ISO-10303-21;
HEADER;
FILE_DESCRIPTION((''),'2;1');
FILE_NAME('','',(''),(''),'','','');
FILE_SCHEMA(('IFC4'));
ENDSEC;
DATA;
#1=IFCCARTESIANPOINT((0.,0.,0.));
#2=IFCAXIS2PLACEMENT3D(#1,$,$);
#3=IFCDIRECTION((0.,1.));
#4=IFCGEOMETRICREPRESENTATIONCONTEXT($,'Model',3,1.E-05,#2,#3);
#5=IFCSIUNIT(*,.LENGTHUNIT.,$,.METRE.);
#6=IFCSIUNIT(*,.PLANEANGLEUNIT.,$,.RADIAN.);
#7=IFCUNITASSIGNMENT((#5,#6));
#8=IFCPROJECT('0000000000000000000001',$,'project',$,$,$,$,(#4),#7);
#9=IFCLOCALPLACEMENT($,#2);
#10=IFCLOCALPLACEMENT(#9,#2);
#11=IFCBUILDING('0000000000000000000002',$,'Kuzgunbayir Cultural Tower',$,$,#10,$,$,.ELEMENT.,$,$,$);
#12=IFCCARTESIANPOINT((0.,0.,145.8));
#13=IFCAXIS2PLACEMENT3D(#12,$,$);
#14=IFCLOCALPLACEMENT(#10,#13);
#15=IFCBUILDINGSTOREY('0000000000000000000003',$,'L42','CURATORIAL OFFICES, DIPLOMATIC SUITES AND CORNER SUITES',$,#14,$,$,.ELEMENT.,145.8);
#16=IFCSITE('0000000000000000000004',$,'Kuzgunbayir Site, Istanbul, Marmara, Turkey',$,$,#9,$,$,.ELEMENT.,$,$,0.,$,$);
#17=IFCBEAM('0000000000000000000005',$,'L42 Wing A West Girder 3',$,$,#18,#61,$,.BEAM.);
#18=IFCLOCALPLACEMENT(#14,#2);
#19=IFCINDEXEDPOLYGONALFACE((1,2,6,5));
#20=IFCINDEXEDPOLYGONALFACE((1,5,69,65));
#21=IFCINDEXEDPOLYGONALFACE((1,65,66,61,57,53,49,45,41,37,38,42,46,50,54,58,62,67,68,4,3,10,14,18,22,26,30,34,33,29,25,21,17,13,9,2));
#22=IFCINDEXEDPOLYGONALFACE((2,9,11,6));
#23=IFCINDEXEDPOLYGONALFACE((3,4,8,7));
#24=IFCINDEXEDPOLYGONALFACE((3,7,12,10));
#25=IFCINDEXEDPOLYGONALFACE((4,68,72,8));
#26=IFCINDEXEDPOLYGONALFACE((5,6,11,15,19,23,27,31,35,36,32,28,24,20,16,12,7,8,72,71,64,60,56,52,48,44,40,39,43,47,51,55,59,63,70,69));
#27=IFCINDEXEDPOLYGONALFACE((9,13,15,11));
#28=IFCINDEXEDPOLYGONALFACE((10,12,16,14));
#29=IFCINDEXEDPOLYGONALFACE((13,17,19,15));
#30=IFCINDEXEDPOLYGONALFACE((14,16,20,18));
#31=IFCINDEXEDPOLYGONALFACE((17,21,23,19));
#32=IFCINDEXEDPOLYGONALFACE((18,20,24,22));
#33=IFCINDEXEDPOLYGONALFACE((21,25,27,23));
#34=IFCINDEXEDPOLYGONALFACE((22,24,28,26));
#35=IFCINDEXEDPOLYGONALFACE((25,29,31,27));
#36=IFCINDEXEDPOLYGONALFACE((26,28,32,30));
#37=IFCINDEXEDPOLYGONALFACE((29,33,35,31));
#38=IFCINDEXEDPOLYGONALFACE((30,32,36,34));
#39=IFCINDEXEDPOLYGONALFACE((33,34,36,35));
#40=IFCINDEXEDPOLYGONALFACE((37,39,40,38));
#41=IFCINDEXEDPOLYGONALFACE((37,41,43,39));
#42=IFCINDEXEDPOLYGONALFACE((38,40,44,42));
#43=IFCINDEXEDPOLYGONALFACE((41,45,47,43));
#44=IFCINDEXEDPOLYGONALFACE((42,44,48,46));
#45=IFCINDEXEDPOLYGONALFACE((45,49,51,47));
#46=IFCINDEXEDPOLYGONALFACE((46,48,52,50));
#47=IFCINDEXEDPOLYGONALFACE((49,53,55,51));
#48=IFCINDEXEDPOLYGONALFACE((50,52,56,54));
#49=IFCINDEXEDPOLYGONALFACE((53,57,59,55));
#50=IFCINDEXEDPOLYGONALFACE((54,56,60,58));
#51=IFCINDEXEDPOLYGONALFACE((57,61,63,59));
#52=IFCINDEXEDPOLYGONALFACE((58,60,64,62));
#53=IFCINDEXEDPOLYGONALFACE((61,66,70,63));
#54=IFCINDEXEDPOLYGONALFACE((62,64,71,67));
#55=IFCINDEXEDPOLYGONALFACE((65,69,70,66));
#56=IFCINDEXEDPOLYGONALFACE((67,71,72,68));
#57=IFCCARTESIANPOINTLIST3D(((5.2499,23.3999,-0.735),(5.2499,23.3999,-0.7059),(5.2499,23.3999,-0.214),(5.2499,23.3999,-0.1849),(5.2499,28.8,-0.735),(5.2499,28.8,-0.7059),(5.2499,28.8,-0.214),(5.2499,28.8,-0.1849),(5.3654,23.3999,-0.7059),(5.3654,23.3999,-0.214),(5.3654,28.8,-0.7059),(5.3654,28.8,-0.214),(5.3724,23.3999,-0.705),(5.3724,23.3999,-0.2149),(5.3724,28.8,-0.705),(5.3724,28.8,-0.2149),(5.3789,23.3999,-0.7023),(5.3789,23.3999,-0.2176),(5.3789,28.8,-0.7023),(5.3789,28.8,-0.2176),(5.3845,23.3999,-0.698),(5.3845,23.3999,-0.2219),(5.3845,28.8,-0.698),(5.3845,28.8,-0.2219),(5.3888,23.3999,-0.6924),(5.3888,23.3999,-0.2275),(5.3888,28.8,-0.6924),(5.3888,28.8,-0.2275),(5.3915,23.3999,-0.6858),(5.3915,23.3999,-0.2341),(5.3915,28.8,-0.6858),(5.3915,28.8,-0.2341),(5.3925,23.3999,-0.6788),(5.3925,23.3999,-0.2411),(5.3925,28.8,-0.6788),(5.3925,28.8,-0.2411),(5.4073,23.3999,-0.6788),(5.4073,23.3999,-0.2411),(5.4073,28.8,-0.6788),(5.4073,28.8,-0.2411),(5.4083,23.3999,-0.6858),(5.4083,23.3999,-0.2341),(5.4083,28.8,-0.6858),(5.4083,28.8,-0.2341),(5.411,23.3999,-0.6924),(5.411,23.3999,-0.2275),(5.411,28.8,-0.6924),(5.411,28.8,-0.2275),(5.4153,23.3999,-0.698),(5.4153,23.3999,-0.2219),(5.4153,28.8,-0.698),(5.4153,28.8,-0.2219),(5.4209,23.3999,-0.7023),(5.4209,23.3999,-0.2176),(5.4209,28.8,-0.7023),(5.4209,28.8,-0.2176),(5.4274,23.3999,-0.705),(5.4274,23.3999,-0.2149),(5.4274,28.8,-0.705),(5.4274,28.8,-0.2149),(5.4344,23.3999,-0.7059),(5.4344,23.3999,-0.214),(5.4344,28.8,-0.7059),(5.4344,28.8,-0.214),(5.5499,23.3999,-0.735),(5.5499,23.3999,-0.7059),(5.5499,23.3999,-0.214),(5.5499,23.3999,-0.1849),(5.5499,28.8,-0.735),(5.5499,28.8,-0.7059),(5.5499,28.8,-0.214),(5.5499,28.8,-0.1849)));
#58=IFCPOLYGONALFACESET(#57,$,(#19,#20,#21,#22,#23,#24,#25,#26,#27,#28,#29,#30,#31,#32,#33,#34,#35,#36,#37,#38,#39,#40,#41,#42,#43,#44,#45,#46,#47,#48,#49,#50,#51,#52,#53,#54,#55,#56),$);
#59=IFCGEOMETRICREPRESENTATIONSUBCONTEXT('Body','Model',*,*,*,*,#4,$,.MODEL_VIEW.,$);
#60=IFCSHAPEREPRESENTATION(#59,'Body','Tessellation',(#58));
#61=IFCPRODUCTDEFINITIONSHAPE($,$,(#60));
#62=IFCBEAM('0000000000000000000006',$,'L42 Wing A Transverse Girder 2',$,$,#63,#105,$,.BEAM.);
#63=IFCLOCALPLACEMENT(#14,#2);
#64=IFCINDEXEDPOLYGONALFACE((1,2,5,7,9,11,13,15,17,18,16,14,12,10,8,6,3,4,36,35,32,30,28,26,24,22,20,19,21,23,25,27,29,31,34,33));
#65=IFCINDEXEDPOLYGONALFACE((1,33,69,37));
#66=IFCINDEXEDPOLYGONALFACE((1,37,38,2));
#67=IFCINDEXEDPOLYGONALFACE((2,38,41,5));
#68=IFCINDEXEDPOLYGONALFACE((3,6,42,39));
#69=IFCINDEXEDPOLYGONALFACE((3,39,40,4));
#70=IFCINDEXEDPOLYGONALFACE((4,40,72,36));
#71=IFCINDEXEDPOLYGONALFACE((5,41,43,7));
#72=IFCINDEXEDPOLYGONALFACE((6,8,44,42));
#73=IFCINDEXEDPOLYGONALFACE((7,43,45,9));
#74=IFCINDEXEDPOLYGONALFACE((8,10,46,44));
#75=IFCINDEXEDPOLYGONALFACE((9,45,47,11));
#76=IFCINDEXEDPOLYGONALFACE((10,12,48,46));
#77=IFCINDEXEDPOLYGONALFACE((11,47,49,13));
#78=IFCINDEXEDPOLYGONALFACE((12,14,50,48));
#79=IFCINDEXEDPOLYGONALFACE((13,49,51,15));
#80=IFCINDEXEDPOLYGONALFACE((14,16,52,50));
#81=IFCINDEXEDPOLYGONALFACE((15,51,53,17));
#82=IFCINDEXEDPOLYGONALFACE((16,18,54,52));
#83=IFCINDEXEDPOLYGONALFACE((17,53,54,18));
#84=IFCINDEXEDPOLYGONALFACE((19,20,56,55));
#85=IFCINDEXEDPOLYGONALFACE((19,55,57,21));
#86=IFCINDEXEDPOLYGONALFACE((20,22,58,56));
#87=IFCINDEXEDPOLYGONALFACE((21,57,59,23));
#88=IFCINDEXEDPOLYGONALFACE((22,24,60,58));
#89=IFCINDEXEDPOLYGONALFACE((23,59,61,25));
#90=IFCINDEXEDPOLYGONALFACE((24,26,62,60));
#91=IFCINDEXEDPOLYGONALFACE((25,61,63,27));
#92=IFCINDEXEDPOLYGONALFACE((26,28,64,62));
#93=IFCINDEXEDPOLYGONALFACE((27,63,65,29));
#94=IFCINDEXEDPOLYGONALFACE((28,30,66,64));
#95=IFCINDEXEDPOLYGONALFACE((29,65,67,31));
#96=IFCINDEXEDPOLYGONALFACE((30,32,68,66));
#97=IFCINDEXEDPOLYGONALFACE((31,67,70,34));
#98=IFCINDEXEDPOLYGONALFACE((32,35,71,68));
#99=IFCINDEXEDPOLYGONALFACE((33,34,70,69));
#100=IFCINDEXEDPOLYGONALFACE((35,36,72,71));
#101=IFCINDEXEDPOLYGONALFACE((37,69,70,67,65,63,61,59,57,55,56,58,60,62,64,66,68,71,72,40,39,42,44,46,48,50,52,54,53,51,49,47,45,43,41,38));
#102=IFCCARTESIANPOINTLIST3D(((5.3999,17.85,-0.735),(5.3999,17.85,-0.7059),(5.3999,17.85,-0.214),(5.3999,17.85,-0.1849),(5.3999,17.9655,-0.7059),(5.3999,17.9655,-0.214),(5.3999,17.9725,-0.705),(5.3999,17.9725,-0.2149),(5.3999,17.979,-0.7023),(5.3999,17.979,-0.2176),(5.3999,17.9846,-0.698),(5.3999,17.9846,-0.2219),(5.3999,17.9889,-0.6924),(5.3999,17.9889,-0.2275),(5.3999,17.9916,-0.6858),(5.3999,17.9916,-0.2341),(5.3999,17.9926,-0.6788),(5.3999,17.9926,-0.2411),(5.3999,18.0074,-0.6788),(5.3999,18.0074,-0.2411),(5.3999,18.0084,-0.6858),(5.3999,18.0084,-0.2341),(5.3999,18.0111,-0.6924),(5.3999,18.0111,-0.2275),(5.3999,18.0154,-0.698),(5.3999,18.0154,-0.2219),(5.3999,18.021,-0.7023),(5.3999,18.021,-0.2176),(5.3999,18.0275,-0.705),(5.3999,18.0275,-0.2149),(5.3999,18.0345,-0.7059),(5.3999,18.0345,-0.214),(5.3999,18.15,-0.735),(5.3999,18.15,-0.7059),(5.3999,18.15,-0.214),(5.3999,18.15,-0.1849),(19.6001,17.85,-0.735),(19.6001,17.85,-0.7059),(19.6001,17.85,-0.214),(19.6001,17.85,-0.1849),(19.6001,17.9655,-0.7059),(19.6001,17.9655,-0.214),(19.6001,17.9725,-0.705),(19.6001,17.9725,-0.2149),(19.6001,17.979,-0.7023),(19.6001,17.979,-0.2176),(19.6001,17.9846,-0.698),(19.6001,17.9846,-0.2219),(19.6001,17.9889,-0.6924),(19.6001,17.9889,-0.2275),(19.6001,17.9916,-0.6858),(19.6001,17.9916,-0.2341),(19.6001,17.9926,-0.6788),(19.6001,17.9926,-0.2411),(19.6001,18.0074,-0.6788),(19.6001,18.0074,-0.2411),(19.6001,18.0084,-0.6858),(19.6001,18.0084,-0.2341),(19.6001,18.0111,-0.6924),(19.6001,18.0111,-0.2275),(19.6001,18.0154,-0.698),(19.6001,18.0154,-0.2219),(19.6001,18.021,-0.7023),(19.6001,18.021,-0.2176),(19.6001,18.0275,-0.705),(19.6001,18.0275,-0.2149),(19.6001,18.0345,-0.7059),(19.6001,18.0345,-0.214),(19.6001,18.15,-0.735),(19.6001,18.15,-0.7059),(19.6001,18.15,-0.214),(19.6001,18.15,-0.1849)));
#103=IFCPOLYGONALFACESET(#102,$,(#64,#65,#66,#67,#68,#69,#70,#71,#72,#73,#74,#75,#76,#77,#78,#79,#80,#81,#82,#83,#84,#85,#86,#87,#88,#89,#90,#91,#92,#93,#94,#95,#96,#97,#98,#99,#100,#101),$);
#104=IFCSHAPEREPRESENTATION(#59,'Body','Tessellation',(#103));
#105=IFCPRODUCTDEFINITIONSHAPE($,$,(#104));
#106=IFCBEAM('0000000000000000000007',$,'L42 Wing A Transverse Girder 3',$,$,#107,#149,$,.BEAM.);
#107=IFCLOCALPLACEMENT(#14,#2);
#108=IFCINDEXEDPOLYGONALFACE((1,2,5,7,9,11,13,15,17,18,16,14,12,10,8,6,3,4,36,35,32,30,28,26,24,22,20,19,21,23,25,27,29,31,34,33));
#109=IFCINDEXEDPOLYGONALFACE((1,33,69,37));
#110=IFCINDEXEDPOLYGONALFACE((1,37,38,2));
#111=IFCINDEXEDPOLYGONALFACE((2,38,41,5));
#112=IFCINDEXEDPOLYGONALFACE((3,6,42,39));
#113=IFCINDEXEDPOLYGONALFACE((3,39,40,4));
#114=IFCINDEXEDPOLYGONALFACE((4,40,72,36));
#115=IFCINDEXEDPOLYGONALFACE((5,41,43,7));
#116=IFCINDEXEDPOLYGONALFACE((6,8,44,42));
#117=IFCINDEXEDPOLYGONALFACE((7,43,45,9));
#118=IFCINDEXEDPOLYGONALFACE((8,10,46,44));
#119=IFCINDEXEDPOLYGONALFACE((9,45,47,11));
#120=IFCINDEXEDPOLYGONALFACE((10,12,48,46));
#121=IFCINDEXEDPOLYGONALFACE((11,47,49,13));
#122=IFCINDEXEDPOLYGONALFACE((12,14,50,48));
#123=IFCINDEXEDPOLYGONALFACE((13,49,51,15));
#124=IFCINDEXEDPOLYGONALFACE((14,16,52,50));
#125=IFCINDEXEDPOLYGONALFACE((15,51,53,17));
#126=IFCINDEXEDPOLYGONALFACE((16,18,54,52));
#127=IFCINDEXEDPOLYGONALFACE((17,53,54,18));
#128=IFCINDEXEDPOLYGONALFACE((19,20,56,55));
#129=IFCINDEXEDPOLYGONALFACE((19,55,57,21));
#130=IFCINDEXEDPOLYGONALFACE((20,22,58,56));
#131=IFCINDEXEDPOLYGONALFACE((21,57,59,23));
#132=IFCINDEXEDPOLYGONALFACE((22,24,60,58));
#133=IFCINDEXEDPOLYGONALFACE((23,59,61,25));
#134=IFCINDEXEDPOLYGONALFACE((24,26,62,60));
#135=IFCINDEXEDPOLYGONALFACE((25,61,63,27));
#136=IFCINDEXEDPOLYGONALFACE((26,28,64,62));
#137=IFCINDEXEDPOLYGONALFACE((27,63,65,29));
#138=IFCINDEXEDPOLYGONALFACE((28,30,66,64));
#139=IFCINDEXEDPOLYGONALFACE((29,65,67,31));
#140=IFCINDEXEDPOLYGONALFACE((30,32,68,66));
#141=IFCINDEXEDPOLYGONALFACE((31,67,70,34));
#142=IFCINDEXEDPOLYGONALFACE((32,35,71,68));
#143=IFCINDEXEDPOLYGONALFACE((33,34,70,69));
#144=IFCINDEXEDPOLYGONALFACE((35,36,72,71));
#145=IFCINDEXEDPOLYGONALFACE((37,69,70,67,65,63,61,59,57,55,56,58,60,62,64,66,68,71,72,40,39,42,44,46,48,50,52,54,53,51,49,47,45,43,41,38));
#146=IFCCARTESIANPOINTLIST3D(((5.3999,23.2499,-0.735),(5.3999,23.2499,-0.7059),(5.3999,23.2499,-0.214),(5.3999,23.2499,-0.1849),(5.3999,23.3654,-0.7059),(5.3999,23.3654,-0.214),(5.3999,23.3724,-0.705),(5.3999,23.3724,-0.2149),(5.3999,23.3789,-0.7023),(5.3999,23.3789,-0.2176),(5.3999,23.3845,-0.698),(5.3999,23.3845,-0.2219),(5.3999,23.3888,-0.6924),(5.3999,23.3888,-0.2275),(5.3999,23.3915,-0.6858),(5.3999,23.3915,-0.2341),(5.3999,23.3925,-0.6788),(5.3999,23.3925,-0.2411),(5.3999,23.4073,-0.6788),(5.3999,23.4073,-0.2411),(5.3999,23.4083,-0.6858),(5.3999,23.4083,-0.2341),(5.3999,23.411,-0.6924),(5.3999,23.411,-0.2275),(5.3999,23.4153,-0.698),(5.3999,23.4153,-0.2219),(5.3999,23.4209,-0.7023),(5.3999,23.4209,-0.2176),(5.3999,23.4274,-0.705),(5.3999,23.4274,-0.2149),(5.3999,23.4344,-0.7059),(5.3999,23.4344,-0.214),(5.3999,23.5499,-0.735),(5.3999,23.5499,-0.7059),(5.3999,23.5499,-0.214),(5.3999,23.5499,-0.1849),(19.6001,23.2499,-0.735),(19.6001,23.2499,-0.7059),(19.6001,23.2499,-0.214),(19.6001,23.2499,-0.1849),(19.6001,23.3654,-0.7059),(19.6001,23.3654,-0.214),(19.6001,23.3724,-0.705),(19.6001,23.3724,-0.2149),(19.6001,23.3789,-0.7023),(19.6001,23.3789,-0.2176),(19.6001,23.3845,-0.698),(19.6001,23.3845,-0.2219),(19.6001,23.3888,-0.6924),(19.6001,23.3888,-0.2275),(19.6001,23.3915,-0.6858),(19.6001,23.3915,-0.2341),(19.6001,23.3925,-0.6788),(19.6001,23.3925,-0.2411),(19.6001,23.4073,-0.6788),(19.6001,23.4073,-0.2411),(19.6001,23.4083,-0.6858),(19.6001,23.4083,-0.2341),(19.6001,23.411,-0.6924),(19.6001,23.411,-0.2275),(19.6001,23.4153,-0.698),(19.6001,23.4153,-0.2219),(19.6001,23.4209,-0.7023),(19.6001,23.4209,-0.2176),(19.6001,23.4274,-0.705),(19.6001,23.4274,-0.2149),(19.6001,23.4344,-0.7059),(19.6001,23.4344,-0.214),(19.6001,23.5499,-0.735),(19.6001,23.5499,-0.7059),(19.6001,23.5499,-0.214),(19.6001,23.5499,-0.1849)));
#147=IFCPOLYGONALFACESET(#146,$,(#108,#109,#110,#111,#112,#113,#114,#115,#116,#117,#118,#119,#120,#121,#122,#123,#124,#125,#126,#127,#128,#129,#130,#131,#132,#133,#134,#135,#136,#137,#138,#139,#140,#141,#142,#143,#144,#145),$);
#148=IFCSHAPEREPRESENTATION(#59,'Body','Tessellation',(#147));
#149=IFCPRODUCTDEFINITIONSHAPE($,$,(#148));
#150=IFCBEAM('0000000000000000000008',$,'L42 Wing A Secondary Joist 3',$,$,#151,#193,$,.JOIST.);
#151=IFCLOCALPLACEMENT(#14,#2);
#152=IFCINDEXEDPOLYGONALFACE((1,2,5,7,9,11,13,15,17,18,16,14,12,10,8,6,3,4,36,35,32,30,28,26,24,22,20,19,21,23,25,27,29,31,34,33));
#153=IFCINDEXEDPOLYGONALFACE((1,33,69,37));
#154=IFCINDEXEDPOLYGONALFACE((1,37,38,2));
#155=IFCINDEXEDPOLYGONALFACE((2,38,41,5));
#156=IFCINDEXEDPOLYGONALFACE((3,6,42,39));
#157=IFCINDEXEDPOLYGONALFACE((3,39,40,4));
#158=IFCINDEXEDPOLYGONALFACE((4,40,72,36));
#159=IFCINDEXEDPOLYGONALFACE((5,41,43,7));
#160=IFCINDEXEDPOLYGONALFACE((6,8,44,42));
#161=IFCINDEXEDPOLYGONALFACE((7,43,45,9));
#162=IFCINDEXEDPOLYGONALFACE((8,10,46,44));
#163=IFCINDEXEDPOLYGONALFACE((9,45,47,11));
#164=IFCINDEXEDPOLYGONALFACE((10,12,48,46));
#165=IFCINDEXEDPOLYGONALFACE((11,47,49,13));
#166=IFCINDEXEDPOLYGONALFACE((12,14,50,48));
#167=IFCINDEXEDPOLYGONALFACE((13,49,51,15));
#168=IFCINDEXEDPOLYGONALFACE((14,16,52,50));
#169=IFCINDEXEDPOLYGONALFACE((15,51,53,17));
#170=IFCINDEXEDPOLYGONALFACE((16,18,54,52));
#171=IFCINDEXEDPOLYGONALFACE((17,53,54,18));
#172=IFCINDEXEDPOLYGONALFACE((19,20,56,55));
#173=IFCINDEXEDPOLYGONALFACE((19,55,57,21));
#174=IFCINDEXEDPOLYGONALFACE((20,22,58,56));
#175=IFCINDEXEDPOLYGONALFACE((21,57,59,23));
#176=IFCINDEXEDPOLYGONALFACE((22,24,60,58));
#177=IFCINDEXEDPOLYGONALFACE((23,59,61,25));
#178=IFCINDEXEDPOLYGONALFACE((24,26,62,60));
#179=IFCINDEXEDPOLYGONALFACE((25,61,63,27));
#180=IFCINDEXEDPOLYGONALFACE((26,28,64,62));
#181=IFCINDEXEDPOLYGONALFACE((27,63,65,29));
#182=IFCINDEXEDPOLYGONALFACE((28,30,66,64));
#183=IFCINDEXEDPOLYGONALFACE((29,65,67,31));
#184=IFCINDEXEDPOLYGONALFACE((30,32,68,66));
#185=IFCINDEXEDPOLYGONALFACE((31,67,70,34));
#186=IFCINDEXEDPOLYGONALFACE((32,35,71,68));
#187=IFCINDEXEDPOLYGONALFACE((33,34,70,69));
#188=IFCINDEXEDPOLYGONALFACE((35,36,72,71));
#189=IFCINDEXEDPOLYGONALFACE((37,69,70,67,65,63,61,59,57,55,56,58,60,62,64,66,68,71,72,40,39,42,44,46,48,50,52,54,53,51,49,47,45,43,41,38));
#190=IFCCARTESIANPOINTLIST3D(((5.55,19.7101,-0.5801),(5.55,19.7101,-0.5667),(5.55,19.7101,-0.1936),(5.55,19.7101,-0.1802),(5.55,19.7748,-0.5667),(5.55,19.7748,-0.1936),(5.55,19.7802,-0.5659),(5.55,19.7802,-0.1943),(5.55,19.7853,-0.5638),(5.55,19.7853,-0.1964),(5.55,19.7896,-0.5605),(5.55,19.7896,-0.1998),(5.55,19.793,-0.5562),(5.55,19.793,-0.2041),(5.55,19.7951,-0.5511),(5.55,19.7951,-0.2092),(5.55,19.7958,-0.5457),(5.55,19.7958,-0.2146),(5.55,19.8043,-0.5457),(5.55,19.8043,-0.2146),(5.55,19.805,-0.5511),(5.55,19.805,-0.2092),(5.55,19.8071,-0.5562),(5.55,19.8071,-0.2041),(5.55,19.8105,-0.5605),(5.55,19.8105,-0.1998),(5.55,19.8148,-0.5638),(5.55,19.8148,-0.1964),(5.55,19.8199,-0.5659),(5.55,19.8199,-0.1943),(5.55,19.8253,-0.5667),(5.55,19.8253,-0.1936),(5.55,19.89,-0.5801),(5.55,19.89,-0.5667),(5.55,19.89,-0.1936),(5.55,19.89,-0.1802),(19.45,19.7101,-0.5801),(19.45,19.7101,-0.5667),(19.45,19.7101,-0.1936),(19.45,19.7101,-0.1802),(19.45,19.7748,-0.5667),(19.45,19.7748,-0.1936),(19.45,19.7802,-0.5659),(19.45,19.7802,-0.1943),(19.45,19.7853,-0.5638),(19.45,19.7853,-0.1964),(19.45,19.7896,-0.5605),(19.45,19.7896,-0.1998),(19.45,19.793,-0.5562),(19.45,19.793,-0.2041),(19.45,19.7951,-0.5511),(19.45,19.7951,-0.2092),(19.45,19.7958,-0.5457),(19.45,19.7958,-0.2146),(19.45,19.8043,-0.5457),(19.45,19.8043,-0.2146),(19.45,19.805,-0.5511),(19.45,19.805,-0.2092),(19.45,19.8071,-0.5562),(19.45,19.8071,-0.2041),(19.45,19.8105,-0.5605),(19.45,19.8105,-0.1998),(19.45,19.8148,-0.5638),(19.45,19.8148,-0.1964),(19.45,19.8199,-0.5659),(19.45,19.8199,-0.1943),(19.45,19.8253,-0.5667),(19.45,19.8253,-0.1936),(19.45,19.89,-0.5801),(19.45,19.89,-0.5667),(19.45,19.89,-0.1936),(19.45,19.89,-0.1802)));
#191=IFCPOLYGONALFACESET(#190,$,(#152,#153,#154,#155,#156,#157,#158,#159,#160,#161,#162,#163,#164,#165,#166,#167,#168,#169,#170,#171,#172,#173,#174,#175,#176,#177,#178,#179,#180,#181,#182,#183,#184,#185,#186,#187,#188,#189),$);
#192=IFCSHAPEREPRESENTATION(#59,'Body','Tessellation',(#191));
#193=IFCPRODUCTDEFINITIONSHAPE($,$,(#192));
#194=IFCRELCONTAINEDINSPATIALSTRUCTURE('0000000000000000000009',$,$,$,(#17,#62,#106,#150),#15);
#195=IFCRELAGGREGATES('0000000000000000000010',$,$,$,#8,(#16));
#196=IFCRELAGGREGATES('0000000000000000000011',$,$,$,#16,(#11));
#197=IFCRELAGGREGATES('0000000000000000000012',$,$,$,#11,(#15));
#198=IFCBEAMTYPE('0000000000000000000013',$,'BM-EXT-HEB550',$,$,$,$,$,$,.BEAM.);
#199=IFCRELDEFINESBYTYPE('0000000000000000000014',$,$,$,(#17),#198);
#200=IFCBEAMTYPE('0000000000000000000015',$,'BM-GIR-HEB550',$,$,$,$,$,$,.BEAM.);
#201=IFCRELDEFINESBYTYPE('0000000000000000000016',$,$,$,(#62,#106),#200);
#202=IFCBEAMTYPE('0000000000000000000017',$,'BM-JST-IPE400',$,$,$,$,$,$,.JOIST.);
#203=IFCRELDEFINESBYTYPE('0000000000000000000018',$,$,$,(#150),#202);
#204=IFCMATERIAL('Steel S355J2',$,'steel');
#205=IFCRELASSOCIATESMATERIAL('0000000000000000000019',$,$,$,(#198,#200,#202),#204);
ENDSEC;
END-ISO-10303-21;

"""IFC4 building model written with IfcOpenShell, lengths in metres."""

from ifc_helpers import new_model, si_unit, direction, frame, origin, origin_2d, place, context, subcontext, project, spatial, i_section, extrude, material, material_profile, profile_set, type_object, element, save


model = new_model("IFC4")

# Units and contexts
model_context = context("Model", 3, precision=1e-05, world=origin(), true_north=direction((0.0, 1.0)))
body_context = subcontext(model_context, "Body", "Model", "MODEL_VIEW")
ifc_project = project(units=[si_unit("LENGTHUNIT", "METRE"), si_unit("PLANEANGLEUNIT", "RADIAN")], contexts=[model_context])

# Site, building, storey
site_placement = place(None, origin())
site = spatial("IfcSite", under=ifc_project, at=site_placement, Name="Kuzgunbayir Site, Istanbul, Marmara, Turkey", CompositionType="ELEMENT", RefElevation=0.0)
building_placement = place(site_placement, origin())
building = spatial("IfcBuilding", under=site, at=building_placement, Name="Kuzgunbayir Cultural Tower", CompositionType="ELEMENT")
storey_placement = place(building_placement, frame((0.0, 0.0, 145.8)))
storey = spatial("IfcBuildingStorey", under=building, at=storey_placement, Name="L42", Description="CURATORIAL OFFICES, DIPLOMATIC SUITES AND CORNER SUITES", CompositionType="ELEMENT", Elevation=145.8)

# Beams
ifc_material_1 = material(Name="Steel S355J2", Category="steel")
ifc_material_profile_1 = material_profile(ifc_material_1, i_section(OverallWidth=0.3, OverallDepth=0.55, WebThickness=0.0149, FlangeThickness=0.0291, FilletRadius=0.0271, at=origin_2d()), Name="HEB 550")
ifc_profile_set_1 = profile_set([ifc_material_profile_1], Name="Steel S355J2")
beam_type_1 = type_object("IfcBeamType", Name="BM-EXT-HEB550", PredefinedType="BEAM", material=ifc_profile_set_1)
beam_1_placement = place(storey_placement, frame((5.3999, 23.3999, -0.46), z_axis=(0.0, 1.0, 0.0), x_axis=(-1.0, 0.0, 0.0)))
element("IfcBeam", 1, at=beam_1_placement, inside=storey, type_object=beam_type_1, Name="L42 Wing A West Girder 3", PredefinedType="BEAM", context=body_context, shape_type="SweptSolid", body=[
    extrude(i_section(OverallWidth=0.3, OverallDepth=0.55, WebThickness=0.0149, FlangeThickness=0.0291, FilletRadius=0.0271, at=origin_2d()), origin(), (0.0, 0.0, 1.0), 5.4001),
])
ifc_material_profile_2 = material_profile(ifc_material_1, i_section(OverallWidth=0.3, OverallDepth=0.55, WebThickness=0.0149, FlangeThickness=0.0291, FilletRadius=0.0271, at=origin_2d()), Name="HEB 550")
ifc_profile_set_2 = profile_set([ifc_material_profile_2], Name="Steel S355J2")
beam_type_2 = type_object("IfcBeamType", Name="BM-GIR-HEB550", PredefinedType="BEAM", material=ifc_profile_set_2)
for number, where, z_axis, x_axis, name in (
    (2, (5.3999, 18.0, -0.46), (1.0, 0.0, 0.0), (0.0, 1.0, 0.0), "L42 Wing A Transverse Girder 2"),
    (3, (5.3999, 23.3999, -0.46), (1.0, 0.0, 0.0), (0.0, 1.0, 0.0), "L42 Wing A Transverse Girder 3"),
):
    element("IfcBeam", number, at=place(storey_placement, frame(where, z_axis=z_axis, x_axis=x_axis)), inside=storey, type_object=beam_type_2, Name=name, PredefinedType="BEAM", context=body_context, shape_type="SweptSolid", body=[
        extrude(i_section(OverallWidth=0.3, OverallDepth=0.55, WebThickness=0.0149, FlangeThickness=0.0291, FilletRadius=0.0271, at=origin_2d()), origin(), (0.0, 0.0, 1.0), 14.2002),
    ])
ifc_material_profile_3 = material_profile(ifc_material_1, i_section(OverallWidth=0.1799, OverallDepth=0.3999, WebThickness=0.0085, FlangeThickness=0.0134, FilletRadius=0.021, at=origin_2d()), Name="IPE 400")
ifc_profile_set_3 = profile_set([ifc_material_profile_3], Name="Steel S355J2")
beam_type_3 = type_object("IfcBeamType", Name="BM-JST-IPE400", PredefinedType="JOIST", material=ifc_profile_set_3)
for number, where, z_axis, x_axis, name in (
    (4, (5.55, 19.8, -0.3801), (1.0, 0.0, 0.0), (0.0, 1.0, 0.0), "L42 Wing A Secondary Joist 3"),
):
    element("IfcBeam", number, at=place(storey_placement, frame(where, z_axis=z_axis, x_axis=x_axis)), inside=storey, type_object=beam_type_3, Name=name, PredefinedType="JOIST", context=body_context, shape_type="SweptSolid", body=[
        extrude(i_section(OverallWidth=0.1799, OverallDepth=0.3999, WebThickness=0.0085, FlangeThickness=0.0134, FilletRadius=0.021, at=origin_2d()), origin(), (0.0, 0.0, 1.0), 13.8999),
    ])

save(model, "model.ifc")
